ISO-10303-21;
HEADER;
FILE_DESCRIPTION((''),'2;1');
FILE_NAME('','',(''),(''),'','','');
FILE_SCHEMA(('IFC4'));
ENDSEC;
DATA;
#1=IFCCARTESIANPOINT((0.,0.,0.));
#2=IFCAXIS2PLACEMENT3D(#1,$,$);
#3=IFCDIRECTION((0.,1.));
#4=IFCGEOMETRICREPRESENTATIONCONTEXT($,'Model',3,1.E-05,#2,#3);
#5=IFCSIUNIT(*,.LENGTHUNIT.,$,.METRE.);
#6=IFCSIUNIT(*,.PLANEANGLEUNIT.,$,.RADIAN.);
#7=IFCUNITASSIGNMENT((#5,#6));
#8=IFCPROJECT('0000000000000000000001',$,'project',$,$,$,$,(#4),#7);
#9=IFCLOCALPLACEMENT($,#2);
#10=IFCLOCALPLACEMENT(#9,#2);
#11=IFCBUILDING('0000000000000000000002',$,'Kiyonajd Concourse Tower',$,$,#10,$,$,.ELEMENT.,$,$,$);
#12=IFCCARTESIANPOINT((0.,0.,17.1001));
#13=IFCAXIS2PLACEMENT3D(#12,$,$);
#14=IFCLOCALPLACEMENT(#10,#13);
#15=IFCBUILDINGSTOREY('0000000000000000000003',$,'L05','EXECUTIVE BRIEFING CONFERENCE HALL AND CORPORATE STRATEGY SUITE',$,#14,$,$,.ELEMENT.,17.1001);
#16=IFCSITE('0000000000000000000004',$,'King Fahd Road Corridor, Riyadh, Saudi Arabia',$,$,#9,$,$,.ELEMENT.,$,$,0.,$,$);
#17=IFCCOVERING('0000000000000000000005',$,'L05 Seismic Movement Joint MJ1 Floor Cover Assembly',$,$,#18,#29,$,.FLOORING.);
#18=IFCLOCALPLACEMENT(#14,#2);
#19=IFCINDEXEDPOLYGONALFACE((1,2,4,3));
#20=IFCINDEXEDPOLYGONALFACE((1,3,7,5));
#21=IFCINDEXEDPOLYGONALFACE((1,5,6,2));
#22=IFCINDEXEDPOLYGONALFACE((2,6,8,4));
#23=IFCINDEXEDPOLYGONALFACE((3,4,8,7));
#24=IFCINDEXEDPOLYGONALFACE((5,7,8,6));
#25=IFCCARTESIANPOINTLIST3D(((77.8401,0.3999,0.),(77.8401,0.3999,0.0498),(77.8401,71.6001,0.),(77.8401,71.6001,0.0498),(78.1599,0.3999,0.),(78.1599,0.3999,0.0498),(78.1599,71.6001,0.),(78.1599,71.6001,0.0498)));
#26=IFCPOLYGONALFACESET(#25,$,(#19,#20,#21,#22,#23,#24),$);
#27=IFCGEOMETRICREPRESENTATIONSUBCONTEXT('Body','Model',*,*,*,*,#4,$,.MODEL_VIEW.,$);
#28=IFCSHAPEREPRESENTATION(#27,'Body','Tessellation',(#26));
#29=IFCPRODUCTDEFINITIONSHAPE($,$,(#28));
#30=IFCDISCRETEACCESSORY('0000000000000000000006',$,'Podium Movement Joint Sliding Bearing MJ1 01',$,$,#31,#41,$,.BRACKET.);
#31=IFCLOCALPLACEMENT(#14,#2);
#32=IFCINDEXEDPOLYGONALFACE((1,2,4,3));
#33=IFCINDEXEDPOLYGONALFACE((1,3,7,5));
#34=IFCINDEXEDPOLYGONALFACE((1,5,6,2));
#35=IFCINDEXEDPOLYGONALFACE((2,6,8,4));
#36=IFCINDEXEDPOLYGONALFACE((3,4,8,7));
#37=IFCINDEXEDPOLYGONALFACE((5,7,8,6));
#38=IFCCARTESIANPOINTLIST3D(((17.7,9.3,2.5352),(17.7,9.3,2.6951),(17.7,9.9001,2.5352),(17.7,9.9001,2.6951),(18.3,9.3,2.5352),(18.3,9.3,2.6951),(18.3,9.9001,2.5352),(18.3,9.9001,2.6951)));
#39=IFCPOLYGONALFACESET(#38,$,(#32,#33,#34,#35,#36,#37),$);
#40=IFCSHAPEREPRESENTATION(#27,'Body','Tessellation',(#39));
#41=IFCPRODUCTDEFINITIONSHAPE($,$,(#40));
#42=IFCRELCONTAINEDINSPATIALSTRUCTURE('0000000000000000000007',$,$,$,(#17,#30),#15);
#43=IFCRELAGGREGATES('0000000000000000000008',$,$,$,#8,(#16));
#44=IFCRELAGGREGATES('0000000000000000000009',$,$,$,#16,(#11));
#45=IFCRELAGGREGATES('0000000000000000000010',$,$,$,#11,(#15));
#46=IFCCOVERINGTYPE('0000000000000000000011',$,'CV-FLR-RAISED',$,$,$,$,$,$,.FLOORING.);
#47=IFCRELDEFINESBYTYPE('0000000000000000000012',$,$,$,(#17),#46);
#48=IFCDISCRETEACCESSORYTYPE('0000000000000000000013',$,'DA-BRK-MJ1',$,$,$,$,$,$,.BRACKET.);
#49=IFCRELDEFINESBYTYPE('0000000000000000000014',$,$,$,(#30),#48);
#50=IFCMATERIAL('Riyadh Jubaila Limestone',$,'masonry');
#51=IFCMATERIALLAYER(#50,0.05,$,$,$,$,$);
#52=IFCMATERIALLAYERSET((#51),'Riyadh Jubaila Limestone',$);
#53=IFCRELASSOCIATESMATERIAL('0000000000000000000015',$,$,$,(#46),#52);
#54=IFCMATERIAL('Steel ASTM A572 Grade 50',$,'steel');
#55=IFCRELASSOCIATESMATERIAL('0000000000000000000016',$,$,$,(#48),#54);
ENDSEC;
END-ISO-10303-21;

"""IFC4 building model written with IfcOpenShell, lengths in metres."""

from ifc_helpers import new_model, si_unit, direction, frame, origin, origin_2d, place, context, subcontext, project, spatial, polyline, rectangle, outline, extrude, material, layer, layer_set, type_object, element, save


model = new_model("IFC4")

# Units and contexts
model_context = context("Model", 3, precision=1e-05, world=origin(), true_north=direction((0.0, 1.0)))
body_context = subcontext(model_context, "Body", "Model", "MODEL_VIEW")
ifc_project = project(units=[si_unit("LENGTHUNIT", "METRE"), si_unit("PLANEANGLEUNIT", "RADIAN")], contexts=[model_context])

# Site, building, storey
site_placement = place(None, origin())
site = spatial("IfcSite", under=ifc_project, at=site_placement, Name="King Fahd Road Corridor, Riyadh, Saudi Arabia", CompositionType="ELEMENT", RefElevation=0.0)
building_placement = place(site_placement, origin())
building = spatial("IfcBuilding", under=site, at=building_placement, Name="Kiyonajd Concourse Tower", CompositionType="ELEMENT")
storey_placement = place(building_placement, frame((0.0, 0.0, 17.1001)))
storey = spatial("IfcBuildingStorey", under=building, at=storey_placement, Name="L05", Description="EXECUTIVE BRIEFING CONFERENCE HALL AND CORPORATE STRATEGY SUITE", CompositionType="ELEMENT", Elevation=17.1001)

# Shared definitions
ifc_material_1 = material(Name="Steel ASTM A572 Grade 50", Category="steel")

# Covering
ifc_material_2 = material(Name="Riyadh Jubaila Limestone", Category="masonry")
ifc_layer_1 = layer(ifc_material_2, 0.05)
ifc_layer_set_1 = layer_set([ifc_layer_1], Name="Riyadh Jubaila Limestone")
covering_type_1 = type_object("IfcCoveringType", Name="CV-FLR-RAISED", PredefinedType="FLOORING", material=ifc_layer_set_1)
covering_1_placement = place(storey_placement, origin())
element("IfcCovering", 1, at=covering_1_placement, inside=storey, type_object=covering_type_1, Name="L05 Seismic Movement Joint MJ1 Floor Cover Assembly", PredefinedType="FLOORING", context=body_context, shape_type="SweptSolid", body=[
    extrude(outline(polyline([(77.8401, 0.3999), (78.1599, 0.3999), (78.1599, 71.6001), (77.8401, 71.6001), (77.8401, 0.3999)])), origin(), (0.0, 0.0, 1.0), 0.0498),
])

# Discrete accessory
discrete_accessory_type = type_object("IfcDiscreteAccessoryType", Name="DA-BRK-MJ1", PredefinedType="BRACKET", material=ifc_material_1)
discrete_accessory_placement = place(storey_placement, frame((18.0, 9.6001, 2.5352), z_axis=(0.0, 0.0, 1.0), x_axis=(1.0, 0.0, 0.0)))
element("IfcDiscreteAccessory", 2, at=discrete_accessory_placement, inside=storey, type_object=discrete_accessory_type, Name="Podium Movement Joint Sliding Bearing MJ1 01", PredefinedType="BRACKET", context=body_context, shape_type="SweptSolid", body=[
    extrude(rectangle(XDim=0.6001, YDim=0.6001, at=origin_2d()), origin(), (0.0, 0.0, 1.0), 0.1599),
])

save(model, "model.ifc")
